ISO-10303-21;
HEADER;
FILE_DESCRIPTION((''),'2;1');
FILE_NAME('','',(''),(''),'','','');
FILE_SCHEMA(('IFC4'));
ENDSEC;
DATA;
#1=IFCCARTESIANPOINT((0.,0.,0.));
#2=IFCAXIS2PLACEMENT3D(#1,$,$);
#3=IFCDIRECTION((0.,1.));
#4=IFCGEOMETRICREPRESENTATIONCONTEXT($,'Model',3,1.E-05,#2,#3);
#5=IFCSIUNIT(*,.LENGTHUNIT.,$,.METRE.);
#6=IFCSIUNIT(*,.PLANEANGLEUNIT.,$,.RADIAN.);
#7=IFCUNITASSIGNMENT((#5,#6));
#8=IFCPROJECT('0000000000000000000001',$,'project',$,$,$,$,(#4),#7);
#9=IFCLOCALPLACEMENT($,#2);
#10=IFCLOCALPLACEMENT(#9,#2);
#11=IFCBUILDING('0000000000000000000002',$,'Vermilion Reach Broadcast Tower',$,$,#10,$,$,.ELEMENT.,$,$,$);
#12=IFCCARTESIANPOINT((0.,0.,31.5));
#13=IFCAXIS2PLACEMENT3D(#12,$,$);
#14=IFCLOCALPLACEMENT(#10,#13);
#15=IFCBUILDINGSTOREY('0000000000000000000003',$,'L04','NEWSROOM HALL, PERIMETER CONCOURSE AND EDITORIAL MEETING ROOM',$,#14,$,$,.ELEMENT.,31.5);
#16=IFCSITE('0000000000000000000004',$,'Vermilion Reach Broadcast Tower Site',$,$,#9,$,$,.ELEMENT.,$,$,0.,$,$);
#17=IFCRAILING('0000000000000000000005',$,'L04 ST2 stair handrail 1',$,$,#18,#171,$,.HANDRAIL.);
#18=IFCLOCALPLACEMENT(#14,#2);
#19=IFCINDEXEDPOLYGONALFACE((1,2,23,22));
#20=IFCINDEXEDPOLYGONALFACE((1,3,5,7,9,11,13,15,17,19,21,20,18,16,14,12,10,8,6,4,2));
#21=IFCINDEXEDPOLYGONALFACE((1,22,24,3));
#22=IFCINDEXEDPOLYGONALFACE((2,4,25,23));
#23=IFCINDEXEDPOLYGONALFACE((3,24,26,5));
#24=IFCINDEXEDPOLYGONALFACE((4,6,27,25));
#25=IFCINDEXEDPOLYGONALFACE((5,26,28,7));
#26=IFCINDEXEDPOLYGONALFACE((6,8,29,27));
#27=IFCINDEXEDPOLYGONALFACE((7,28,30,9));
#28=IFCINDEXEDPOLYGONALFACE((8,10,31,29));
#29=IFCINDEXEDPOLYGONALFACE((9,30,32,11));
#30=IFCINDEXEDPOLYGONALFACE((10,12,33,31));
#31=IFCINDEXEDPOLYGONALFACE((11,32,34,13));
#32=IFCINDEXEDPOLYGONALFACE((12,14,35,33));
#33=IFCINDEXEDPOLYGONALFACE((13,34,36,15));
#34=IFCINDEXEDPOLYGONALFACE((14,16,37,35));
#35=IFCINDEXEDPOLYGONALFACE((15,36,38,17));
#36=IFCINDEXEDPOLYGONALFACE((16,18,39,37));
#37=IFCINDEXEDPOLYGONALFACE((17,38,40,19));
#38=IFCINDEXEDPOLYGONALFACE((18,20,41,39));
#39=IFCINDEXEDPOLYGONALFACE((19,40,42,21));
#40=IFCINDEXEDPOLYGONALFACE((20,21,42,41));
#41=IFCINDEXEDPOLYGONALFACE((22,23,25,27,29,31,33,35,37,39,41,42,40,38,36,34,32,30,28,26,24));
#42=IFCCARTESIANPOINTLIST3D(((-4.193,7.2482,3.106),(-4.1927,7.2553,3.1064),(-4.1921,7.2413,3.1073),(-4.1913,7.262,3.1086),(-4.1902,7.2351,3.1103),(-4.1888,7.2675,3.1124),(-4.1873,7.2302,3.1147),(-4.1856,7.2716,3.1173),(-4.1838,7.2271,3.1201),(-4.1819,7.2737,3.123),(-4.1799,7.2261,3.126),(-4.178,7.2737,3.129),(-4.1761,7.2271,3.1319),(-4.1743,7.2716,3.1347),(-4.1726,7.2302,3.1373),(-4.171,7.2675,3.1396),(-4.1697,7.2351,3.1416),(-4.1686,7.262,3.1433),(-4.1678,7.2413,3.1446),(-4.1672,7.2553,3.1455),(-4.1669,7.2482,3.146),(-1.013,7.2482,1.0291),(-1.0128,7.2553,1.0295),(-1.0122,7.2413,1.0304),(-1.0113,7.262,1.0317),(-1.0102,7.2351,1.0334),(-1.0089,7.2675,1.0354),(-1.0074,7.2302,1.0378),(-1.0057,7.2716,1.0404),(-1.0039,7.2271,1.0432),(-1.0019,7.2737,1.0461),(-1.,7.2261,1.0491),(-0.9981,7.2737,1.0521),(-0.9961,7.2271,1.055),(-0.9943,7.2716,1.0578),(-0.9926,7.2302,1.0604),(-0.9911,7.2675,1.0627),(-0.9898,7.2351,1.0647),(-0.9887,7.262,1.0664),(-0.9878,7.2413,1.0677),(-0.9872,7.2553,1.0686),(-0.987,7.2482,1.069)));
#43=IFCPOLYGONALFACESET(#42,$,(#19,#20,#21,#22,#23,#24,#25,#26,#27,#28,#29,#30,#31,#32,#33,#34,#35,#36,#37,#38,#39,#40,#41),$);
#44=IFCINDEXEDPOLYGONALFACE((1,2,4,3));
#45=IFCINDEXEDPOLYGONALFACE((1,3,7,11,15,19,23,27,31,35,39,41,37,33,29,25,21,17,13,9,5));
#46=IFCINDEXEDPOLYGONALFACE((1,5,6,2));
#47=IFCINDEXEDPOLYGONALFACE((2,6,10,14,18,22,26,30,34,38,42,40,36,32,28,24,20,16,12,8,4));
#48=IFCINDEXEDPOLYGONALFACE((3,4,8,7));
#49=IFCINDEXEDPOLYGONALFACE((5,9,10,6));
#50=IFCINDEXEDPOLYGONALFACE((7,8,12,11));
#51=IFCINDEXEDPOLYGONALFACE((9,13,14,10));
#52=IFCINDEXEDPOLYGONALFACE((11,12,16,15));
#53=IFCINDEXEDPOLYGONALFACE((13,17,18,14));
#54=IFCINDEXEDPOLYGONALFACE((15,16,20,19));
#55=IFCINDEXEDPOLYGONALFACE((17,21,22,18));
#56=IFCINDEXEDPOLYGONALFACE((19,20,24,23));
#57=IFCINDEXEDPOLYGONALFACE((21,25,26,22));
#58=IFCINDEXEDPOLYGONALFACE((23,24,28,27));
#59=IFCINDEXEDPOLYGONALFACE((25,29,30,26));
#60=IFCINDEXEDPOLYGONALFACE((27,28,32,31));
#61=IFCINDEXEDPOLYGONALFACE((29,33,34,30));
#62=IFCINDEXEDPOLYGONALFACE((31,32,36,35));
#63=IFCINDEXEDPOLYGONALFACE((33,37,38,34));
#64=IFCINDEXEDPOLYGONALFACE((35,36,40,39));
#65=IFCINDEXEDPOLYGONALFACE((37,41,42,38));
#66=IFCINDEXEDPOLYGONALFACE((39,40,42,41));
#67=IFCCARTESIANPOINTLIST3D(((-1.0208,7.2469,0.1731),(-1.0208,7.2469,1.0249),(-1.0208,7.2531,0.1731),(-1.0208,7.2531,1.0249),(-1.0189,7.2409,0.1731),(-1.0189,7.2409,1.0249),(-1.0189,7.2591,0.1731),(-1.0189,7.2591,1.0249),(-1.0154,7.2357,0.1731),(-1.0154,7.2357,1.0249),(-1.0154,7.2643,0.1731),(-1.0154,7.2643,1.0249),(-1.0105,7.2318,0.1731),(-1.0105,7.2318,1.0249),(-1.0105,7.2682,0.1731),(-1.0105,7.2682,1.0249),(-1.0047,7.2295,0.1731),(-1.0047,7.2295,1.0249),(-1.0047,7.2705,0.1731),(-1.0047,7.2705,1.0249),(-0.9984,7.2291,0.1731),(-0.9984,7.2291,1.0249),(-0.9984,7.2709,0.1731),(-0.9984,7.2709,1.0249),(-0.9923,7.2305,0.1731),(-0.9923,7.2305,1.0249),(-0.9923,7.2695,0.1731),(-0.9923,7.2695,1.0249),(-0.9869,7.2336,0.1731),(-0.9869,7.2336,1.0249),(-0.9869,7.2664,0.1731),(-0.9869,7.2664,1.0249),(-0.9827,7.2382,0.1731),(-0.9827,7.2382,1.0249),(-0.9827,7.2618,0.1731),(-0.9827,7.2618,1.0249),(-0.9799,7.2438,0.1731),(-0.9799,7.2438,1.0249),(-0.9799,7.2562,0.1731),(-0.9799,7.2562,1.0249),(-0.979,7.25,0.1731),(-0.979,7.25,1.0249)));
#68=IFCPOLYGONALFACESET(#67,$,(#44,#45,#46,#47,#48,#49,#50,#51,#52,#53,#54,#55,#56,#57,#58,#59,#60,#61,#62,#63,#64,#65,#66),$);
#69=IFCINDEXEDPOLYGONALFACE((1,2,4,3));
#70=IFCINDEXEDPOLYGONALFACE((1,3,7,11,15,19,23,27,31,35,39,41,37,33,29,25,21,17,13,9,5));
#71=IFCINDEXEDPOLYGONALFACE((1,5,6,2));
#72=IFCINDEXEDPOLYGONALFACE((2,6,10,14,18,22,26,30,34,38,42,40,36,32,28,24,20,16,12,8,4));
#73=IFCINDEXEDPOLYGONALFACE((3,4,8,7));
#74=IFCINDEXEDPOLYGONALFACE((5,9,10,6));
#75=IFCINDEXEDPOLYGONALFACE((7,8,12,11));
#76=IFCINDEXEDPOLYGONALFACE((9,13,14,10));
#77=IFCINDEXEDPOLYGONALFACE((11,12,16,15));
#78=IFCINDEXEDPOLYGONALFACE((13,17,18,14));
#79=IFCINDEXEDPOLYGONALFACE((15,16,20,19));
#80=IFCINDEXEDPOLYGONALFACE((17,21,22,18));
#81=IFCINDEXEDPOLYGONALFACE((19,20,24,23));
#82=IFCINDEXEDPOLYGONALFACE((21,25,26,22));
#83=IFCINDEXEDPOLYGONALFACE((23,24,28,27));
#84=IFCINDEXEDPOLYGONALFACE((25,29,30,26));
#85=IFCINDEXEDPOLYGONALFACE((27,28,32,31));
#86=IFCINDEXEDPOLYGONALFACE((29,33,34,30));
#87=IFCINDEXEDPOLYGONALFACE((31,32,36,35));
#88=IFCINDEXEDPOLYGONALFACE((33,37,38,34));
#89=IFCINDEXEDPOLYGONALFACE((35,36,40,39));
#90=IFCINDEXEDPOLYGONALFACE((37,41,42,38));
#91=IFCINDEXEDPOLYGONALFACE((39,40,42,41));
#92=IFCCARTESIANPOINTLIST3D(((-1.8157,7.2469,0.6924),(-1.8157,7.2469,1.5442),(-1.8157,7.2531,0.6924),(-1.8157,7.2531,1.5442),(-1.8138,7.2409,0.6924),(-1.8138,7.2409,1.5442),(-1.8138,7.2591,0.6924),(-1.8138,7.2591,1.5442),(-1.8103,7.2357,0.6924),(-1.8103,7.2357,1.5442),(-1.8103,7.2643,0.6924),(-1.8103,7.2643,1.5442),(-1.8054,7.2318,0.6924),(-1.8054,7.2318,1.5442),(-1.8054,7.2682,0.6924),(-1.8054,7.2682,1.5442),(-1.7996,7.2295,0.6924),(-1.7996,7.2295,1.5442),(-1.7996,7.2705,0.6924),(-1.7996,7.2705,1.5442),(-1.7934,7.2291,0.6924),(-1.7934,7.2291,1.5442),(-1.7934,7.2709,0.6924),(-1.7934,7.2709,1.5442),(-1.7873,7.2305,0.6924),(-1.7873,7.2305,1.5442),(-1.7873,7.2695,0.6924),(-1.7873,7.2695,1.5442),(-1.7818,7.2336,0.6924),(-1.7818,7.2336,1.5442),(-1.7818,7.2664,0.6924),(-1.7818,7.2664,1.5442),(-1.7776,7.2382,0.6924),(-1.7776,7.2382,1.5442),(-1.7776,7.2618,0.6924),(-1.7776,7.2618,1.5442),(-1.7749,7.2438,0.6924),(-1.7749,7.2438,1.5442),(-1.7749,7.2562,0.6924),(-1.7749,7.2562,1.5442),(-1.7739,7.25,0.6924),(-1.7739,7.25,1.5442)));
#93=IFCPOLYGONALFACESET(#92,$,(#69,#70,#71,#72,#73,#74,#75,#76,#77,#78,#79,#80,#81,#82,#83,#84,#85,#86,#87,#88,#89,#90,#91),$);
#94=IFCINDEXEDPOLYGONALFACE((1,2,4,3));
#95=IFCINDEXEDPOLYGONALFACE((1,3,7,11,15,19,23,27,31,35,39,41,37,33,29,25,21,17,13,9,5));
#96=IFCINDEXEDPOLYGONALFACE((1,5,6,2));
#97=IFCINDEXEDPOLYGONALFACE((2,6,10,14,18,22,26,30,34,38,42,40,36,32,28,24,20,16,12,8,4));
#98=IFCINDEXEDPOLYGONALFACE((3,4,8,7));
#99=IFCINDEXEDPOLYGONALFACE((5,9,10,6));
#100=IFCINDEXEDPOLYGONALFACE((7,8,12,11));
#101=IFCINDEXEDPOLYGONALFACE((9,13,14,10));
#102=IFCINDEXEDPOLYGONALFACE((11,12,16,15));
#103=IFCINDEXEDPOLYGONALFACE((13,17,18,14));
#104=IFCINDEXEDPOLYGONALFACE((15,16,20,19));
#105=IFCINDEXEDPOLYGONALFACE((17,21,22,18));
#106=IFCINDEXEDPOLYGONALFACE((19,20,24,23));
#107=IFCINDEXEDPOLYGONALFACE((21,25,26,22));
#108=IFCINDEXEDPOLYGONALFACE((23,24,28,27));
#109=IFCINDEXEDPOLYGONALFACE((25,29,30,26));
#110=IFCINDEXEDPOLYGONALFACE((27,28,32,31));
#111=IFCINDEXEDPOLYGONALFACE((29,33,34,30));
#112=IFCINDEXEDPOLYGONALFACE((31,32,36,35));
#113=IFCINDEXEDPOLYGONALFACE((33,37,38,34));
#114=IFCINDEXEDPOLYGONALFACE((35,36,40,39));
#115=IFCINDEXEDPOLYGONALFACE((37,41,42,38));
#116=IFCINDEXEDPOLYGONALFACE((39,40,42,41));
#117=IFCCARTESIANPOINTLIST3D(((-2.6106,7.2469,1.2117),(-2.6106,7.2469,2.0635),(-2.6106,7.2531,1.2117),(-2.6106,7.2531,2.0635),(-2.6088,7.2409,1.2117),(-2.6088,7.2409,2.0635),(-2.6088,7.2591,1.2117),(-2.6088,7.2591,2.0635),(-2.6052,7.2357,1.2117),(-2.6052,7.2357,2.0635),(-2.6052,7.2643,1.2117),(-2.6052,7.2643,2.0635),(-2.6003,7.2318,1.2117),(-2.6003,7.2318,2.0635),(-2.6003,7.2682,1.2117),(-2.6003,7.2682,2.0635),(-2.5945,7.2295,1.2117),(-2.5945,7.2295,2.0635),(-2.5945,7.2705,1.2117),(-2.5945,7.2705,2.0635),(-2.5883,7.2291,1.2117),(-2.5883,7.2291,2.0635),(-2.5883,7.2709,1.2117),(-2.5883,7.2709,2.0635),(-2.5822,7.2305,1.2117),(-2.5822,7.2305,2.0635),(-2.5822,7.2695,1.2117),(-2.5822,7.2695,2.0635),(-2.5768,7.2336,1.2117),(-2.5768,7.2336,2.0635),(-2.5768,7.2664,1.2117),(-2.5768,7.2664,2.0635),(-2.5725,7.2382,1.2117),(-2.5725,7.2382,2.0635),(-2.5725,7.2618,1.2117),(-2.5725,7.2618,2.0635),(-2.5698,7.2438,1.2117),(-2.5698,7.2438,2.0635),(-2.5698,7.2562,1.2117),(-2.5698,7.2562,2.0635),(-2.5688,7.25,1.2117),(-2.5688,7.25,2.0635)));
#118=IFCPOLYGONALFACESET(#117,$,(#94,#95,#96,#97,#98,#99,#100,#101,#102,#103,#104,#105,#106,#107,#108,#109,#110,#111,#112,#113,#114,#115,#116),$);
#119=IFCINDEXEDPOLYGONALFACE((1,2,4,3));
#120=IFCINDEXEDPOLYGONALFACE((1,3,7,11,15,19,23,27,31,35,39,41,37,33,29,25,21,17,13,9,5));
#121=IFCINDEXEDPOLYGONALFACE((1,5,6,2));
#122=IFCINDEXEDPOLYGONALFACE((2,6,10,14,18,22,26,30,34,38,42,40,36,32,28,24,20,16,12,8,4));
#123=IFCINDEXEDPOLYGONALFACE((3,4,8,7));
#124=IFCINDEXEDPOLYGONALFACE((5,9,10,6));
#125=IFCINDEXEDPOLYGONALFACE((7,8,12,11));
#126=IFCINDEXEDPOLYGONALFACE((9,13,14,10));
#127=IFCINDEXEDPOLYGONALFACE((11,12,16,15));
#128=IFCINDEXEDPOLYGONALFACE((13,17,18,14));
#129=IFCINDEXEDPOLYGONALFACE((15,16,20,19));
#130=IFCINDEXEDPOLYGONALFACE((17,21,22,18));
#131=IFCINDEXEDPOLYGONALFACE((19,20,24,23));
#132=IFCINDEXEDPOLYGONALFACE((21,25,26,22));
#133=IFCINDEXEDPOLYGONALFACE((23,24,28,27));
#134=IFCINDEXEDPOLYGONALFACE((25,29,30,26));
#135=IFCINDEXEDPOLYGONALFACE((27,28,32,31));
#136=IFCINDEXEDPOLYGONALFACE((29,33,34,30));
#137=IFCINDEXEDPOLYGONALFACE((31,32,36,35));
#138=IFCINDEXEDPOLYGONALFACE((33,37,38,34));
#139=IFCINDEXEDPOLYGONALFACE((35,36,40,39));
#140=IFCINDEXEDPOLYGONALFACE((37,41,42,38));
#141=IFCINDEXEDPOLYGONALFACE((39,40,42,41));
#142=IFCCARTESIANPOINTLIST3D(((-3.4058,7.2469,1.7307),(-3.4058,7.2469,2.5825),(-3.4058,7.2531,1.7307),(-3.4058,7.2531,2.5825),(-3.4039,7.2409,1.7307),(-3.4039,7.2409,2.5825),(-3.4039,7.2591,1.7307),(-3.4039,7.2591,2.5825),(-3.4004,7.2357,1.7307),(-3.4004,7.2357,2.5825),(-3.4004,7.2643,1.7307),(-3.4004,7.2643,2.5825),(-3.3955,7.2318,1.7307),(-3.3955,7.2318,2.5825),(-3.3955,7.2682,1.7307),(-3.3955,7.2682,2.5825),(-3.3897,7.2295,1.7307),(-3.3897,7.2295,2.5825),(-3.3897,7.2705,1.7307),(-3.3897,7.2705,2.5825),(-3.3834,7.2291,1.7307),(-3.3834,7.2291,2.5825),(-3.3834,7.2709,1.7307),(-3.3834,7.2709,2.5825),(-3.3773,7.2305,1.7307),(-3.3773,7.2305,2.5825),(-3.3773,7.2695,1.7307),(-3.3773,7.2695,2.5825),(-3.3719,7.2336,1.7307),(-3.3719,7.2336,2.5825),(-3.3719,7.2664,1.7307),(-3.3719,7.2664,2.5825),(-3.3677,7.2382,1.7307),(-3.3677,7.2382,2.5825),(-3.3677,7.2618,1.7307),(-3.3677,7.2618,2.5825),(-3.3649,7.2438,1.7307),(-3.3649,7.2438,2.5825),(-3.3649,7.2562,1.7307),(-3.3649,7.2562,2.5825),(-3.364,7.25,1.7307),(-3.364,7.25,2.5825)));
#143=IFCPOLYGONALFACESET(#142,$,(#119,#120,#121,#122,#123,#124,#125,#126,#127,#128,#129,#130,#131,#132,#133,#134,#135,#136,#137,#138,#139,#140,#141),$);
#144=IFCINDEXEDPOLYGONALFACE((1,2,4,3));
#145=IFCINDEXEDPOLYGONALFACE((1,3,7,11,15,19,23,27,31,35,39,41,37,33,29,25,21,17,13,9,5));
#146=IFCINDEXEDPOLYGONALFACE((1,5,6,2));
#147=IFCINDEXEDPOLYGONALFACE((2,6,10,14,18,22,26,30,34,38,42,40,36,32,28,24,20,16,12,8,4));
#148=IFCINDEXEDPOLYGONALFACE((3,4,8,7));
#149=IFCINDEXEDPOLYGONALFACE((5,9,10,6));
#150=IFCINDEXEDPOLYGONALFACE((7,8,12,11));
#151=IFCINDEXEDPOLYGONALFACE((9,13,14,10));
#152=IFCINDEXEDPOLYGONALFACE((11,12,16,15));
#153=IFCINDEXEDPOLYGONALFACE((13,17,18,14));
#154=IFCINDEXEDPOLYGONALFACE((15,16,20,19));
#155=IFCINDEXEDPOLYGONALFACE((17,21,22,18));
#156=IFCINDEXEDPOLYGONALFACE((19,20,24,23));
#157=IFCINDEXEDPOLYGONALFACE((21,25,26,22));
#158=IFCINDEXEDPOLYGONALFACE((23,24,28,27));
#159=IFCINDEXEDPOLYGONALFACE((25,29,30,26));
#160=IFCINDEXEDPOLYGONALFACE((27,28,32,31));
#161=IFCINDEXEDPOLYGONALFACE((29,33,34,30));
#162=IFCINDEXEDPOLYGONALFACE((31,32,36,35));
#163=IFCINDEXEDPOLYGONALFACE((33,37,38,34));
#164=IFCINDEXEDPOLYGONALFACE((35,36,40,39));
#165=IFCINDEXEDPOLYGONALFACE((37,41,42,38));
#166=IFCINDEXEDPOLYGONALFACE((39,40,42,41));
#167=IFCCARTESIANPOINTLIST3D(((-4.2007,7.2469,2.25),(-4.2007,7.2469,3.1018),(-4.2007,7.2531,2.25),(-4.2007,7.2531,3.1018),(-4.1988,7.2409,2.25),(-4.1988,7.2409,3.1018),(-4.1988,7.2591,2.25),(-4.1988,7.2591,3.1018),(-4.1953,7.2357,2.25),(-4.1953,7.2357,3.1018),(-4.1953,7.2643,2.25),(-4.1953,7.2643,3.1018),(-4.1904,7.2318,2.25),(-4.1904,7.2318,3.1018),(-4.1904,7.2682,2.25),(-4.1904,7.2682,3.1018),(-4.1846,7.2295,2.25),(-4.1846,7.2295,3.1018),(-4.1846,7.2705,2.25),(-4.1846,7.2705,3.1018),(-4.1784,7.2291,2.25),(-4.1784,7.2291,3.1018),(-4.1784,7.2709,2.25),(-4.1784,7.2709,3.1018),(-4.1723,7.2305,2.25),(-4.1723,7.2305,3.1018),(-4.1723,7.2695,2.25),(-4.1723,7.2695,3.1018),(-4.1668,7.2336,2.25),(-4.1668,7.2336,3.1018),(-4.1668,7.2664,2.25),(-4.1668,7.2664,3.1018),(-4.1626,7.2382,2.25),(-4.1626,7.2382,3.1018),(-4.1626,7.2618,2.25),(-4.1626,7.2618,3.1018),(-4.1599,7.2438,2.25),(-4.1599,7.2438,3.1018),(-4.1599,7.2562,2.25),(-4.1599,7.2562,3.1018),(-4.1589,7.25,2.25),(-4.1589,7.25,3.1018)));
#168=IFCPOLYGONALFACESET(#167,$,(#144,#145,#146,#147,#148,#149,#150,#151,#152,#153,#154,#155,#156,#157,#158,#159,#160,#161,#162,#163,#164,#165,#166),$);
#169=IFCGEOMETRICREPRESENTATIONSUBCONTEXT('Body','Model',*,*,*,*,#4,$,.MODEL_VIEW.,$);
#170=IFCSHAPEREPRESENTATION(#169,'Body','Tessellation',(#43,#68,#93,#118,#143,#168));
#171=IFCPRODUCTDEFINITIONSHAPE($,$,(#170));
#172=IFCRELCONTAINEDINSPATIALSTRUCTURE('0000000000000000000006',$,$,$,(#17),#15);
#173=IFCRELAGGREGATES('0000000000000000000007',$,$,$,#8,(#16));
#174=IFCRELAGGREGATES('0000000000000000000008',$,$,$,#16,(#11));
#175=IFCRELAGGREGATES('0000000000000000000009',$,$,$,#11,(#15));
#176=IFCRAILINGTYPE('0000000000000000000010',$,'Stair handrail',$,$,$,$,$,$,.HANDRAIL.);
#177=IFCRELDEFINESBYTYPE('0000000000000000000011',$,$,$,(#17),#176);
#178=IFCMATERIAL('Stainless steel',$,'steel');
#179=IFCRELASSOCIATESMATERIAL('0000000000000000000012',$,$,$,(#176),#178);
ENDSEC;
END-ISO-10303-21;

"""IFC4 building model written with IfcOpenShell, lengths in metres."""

from ifc_helpers import new_model, si_unit, direction, frame, origin, origin_2d, place, context, subcontext, project, spatial, circle, extrude, material, type_object, element, save


model = new_model("IFC4")

# Units and contexts
model_context = context("Model", 3, precision=1e-05, world=origin(), true_north=direction((0.0, 1.0)))
body_context = subcontext(model_context, "Body", "Model", "MODEL_VIEW")
ifc_project = project(units=[si_unit("LENGTHUNIT", "METRE"), si_unit("PLANEANGLEUNIT", "RADIAN")], contexts=[model_context])

# Site, building, storey
site_placement = place(None, origin())
site = spatial("IfcSite", under=ifc_project, at=site_placement, Name="Vermilion Reach Broadcast Tower Site", CompositionType="ELEMENT", RefElevation=0.0)
building_placement = place(site_placement, origin())
building = spatial("IfcBuilding", under=site, at=building_placement, Name="Vermilion Reach Broadcast Tower", CompositionType="ELEMENT")
storey_placement = place(building_placement, frame((0.0, 0.0, 31.5)))
storey = spatial("IfcBuildingStorey", under=building, at=storey_placement, Name="L04", Description="NEWSROOM HALL, PERIMETER CONCOURSE AND EDITORIAL MEETING ROOM", CompositionType="ELEMENT", Elevation=31.5)

# Railing
ifc_material_1 = material(Name="Stainless steel", Category="steel")
railing_type_1 = type_object("IfcRailingType", Name="Stair handrail", PredefinedType="HANDRAIL", material=ifc_material_1)
railing_1_placement = place(storey_placement, frame((-1.0, 7.25, 0.1731)))
element("IfcRailing", 1, at=railing_1_placement, inside=storey, type_object=railing_type_1, Name="L04 ST2 stair handrail 1", PredefinedType="HANDRAIL", context=body_context, shape_type="SweptSolid", body=[
    extrude(circle(Radius=0.0239, at=origin_2d()), frame((0.0, 0.0, 0.876), z_axis=(-0.837245, 0.0, 0.546828), x_axis=(0.0, -1.0, 0.0)), (0.0, 0.0, 1.0), 3.7981),
    extrude(circle(Radius=0.021, at=origin_2d()), origin(), (0.0, 0.0, 1.0), 0.8518),
    extrude(circle(Radius=0.021, at=origin_2d()), frame((-0.7949, 0.0, 0.5193)), (0.0, 0.0, 1.0), 0.8518),
    extrude(circle(Radius=0.021, at=origin_2d()), frame((-1.5898, 0.0, 1.0386)), (0.0, 0.0, 1.0), 0.8518),
    extrude(circle(Radius=0.021, at=origin_2d()), frame((-2.385, 0.0, 1.5576)), (0.0, 0.0, 1.0), 0.8518),
    extrude(circle(Radius=0.021, at=origin_2d()), frame((-3.1799, 0.0, 2.0769)), (0.0, 0.0, 1.0), 0.8518),
])

save(model, "model.ifc")
